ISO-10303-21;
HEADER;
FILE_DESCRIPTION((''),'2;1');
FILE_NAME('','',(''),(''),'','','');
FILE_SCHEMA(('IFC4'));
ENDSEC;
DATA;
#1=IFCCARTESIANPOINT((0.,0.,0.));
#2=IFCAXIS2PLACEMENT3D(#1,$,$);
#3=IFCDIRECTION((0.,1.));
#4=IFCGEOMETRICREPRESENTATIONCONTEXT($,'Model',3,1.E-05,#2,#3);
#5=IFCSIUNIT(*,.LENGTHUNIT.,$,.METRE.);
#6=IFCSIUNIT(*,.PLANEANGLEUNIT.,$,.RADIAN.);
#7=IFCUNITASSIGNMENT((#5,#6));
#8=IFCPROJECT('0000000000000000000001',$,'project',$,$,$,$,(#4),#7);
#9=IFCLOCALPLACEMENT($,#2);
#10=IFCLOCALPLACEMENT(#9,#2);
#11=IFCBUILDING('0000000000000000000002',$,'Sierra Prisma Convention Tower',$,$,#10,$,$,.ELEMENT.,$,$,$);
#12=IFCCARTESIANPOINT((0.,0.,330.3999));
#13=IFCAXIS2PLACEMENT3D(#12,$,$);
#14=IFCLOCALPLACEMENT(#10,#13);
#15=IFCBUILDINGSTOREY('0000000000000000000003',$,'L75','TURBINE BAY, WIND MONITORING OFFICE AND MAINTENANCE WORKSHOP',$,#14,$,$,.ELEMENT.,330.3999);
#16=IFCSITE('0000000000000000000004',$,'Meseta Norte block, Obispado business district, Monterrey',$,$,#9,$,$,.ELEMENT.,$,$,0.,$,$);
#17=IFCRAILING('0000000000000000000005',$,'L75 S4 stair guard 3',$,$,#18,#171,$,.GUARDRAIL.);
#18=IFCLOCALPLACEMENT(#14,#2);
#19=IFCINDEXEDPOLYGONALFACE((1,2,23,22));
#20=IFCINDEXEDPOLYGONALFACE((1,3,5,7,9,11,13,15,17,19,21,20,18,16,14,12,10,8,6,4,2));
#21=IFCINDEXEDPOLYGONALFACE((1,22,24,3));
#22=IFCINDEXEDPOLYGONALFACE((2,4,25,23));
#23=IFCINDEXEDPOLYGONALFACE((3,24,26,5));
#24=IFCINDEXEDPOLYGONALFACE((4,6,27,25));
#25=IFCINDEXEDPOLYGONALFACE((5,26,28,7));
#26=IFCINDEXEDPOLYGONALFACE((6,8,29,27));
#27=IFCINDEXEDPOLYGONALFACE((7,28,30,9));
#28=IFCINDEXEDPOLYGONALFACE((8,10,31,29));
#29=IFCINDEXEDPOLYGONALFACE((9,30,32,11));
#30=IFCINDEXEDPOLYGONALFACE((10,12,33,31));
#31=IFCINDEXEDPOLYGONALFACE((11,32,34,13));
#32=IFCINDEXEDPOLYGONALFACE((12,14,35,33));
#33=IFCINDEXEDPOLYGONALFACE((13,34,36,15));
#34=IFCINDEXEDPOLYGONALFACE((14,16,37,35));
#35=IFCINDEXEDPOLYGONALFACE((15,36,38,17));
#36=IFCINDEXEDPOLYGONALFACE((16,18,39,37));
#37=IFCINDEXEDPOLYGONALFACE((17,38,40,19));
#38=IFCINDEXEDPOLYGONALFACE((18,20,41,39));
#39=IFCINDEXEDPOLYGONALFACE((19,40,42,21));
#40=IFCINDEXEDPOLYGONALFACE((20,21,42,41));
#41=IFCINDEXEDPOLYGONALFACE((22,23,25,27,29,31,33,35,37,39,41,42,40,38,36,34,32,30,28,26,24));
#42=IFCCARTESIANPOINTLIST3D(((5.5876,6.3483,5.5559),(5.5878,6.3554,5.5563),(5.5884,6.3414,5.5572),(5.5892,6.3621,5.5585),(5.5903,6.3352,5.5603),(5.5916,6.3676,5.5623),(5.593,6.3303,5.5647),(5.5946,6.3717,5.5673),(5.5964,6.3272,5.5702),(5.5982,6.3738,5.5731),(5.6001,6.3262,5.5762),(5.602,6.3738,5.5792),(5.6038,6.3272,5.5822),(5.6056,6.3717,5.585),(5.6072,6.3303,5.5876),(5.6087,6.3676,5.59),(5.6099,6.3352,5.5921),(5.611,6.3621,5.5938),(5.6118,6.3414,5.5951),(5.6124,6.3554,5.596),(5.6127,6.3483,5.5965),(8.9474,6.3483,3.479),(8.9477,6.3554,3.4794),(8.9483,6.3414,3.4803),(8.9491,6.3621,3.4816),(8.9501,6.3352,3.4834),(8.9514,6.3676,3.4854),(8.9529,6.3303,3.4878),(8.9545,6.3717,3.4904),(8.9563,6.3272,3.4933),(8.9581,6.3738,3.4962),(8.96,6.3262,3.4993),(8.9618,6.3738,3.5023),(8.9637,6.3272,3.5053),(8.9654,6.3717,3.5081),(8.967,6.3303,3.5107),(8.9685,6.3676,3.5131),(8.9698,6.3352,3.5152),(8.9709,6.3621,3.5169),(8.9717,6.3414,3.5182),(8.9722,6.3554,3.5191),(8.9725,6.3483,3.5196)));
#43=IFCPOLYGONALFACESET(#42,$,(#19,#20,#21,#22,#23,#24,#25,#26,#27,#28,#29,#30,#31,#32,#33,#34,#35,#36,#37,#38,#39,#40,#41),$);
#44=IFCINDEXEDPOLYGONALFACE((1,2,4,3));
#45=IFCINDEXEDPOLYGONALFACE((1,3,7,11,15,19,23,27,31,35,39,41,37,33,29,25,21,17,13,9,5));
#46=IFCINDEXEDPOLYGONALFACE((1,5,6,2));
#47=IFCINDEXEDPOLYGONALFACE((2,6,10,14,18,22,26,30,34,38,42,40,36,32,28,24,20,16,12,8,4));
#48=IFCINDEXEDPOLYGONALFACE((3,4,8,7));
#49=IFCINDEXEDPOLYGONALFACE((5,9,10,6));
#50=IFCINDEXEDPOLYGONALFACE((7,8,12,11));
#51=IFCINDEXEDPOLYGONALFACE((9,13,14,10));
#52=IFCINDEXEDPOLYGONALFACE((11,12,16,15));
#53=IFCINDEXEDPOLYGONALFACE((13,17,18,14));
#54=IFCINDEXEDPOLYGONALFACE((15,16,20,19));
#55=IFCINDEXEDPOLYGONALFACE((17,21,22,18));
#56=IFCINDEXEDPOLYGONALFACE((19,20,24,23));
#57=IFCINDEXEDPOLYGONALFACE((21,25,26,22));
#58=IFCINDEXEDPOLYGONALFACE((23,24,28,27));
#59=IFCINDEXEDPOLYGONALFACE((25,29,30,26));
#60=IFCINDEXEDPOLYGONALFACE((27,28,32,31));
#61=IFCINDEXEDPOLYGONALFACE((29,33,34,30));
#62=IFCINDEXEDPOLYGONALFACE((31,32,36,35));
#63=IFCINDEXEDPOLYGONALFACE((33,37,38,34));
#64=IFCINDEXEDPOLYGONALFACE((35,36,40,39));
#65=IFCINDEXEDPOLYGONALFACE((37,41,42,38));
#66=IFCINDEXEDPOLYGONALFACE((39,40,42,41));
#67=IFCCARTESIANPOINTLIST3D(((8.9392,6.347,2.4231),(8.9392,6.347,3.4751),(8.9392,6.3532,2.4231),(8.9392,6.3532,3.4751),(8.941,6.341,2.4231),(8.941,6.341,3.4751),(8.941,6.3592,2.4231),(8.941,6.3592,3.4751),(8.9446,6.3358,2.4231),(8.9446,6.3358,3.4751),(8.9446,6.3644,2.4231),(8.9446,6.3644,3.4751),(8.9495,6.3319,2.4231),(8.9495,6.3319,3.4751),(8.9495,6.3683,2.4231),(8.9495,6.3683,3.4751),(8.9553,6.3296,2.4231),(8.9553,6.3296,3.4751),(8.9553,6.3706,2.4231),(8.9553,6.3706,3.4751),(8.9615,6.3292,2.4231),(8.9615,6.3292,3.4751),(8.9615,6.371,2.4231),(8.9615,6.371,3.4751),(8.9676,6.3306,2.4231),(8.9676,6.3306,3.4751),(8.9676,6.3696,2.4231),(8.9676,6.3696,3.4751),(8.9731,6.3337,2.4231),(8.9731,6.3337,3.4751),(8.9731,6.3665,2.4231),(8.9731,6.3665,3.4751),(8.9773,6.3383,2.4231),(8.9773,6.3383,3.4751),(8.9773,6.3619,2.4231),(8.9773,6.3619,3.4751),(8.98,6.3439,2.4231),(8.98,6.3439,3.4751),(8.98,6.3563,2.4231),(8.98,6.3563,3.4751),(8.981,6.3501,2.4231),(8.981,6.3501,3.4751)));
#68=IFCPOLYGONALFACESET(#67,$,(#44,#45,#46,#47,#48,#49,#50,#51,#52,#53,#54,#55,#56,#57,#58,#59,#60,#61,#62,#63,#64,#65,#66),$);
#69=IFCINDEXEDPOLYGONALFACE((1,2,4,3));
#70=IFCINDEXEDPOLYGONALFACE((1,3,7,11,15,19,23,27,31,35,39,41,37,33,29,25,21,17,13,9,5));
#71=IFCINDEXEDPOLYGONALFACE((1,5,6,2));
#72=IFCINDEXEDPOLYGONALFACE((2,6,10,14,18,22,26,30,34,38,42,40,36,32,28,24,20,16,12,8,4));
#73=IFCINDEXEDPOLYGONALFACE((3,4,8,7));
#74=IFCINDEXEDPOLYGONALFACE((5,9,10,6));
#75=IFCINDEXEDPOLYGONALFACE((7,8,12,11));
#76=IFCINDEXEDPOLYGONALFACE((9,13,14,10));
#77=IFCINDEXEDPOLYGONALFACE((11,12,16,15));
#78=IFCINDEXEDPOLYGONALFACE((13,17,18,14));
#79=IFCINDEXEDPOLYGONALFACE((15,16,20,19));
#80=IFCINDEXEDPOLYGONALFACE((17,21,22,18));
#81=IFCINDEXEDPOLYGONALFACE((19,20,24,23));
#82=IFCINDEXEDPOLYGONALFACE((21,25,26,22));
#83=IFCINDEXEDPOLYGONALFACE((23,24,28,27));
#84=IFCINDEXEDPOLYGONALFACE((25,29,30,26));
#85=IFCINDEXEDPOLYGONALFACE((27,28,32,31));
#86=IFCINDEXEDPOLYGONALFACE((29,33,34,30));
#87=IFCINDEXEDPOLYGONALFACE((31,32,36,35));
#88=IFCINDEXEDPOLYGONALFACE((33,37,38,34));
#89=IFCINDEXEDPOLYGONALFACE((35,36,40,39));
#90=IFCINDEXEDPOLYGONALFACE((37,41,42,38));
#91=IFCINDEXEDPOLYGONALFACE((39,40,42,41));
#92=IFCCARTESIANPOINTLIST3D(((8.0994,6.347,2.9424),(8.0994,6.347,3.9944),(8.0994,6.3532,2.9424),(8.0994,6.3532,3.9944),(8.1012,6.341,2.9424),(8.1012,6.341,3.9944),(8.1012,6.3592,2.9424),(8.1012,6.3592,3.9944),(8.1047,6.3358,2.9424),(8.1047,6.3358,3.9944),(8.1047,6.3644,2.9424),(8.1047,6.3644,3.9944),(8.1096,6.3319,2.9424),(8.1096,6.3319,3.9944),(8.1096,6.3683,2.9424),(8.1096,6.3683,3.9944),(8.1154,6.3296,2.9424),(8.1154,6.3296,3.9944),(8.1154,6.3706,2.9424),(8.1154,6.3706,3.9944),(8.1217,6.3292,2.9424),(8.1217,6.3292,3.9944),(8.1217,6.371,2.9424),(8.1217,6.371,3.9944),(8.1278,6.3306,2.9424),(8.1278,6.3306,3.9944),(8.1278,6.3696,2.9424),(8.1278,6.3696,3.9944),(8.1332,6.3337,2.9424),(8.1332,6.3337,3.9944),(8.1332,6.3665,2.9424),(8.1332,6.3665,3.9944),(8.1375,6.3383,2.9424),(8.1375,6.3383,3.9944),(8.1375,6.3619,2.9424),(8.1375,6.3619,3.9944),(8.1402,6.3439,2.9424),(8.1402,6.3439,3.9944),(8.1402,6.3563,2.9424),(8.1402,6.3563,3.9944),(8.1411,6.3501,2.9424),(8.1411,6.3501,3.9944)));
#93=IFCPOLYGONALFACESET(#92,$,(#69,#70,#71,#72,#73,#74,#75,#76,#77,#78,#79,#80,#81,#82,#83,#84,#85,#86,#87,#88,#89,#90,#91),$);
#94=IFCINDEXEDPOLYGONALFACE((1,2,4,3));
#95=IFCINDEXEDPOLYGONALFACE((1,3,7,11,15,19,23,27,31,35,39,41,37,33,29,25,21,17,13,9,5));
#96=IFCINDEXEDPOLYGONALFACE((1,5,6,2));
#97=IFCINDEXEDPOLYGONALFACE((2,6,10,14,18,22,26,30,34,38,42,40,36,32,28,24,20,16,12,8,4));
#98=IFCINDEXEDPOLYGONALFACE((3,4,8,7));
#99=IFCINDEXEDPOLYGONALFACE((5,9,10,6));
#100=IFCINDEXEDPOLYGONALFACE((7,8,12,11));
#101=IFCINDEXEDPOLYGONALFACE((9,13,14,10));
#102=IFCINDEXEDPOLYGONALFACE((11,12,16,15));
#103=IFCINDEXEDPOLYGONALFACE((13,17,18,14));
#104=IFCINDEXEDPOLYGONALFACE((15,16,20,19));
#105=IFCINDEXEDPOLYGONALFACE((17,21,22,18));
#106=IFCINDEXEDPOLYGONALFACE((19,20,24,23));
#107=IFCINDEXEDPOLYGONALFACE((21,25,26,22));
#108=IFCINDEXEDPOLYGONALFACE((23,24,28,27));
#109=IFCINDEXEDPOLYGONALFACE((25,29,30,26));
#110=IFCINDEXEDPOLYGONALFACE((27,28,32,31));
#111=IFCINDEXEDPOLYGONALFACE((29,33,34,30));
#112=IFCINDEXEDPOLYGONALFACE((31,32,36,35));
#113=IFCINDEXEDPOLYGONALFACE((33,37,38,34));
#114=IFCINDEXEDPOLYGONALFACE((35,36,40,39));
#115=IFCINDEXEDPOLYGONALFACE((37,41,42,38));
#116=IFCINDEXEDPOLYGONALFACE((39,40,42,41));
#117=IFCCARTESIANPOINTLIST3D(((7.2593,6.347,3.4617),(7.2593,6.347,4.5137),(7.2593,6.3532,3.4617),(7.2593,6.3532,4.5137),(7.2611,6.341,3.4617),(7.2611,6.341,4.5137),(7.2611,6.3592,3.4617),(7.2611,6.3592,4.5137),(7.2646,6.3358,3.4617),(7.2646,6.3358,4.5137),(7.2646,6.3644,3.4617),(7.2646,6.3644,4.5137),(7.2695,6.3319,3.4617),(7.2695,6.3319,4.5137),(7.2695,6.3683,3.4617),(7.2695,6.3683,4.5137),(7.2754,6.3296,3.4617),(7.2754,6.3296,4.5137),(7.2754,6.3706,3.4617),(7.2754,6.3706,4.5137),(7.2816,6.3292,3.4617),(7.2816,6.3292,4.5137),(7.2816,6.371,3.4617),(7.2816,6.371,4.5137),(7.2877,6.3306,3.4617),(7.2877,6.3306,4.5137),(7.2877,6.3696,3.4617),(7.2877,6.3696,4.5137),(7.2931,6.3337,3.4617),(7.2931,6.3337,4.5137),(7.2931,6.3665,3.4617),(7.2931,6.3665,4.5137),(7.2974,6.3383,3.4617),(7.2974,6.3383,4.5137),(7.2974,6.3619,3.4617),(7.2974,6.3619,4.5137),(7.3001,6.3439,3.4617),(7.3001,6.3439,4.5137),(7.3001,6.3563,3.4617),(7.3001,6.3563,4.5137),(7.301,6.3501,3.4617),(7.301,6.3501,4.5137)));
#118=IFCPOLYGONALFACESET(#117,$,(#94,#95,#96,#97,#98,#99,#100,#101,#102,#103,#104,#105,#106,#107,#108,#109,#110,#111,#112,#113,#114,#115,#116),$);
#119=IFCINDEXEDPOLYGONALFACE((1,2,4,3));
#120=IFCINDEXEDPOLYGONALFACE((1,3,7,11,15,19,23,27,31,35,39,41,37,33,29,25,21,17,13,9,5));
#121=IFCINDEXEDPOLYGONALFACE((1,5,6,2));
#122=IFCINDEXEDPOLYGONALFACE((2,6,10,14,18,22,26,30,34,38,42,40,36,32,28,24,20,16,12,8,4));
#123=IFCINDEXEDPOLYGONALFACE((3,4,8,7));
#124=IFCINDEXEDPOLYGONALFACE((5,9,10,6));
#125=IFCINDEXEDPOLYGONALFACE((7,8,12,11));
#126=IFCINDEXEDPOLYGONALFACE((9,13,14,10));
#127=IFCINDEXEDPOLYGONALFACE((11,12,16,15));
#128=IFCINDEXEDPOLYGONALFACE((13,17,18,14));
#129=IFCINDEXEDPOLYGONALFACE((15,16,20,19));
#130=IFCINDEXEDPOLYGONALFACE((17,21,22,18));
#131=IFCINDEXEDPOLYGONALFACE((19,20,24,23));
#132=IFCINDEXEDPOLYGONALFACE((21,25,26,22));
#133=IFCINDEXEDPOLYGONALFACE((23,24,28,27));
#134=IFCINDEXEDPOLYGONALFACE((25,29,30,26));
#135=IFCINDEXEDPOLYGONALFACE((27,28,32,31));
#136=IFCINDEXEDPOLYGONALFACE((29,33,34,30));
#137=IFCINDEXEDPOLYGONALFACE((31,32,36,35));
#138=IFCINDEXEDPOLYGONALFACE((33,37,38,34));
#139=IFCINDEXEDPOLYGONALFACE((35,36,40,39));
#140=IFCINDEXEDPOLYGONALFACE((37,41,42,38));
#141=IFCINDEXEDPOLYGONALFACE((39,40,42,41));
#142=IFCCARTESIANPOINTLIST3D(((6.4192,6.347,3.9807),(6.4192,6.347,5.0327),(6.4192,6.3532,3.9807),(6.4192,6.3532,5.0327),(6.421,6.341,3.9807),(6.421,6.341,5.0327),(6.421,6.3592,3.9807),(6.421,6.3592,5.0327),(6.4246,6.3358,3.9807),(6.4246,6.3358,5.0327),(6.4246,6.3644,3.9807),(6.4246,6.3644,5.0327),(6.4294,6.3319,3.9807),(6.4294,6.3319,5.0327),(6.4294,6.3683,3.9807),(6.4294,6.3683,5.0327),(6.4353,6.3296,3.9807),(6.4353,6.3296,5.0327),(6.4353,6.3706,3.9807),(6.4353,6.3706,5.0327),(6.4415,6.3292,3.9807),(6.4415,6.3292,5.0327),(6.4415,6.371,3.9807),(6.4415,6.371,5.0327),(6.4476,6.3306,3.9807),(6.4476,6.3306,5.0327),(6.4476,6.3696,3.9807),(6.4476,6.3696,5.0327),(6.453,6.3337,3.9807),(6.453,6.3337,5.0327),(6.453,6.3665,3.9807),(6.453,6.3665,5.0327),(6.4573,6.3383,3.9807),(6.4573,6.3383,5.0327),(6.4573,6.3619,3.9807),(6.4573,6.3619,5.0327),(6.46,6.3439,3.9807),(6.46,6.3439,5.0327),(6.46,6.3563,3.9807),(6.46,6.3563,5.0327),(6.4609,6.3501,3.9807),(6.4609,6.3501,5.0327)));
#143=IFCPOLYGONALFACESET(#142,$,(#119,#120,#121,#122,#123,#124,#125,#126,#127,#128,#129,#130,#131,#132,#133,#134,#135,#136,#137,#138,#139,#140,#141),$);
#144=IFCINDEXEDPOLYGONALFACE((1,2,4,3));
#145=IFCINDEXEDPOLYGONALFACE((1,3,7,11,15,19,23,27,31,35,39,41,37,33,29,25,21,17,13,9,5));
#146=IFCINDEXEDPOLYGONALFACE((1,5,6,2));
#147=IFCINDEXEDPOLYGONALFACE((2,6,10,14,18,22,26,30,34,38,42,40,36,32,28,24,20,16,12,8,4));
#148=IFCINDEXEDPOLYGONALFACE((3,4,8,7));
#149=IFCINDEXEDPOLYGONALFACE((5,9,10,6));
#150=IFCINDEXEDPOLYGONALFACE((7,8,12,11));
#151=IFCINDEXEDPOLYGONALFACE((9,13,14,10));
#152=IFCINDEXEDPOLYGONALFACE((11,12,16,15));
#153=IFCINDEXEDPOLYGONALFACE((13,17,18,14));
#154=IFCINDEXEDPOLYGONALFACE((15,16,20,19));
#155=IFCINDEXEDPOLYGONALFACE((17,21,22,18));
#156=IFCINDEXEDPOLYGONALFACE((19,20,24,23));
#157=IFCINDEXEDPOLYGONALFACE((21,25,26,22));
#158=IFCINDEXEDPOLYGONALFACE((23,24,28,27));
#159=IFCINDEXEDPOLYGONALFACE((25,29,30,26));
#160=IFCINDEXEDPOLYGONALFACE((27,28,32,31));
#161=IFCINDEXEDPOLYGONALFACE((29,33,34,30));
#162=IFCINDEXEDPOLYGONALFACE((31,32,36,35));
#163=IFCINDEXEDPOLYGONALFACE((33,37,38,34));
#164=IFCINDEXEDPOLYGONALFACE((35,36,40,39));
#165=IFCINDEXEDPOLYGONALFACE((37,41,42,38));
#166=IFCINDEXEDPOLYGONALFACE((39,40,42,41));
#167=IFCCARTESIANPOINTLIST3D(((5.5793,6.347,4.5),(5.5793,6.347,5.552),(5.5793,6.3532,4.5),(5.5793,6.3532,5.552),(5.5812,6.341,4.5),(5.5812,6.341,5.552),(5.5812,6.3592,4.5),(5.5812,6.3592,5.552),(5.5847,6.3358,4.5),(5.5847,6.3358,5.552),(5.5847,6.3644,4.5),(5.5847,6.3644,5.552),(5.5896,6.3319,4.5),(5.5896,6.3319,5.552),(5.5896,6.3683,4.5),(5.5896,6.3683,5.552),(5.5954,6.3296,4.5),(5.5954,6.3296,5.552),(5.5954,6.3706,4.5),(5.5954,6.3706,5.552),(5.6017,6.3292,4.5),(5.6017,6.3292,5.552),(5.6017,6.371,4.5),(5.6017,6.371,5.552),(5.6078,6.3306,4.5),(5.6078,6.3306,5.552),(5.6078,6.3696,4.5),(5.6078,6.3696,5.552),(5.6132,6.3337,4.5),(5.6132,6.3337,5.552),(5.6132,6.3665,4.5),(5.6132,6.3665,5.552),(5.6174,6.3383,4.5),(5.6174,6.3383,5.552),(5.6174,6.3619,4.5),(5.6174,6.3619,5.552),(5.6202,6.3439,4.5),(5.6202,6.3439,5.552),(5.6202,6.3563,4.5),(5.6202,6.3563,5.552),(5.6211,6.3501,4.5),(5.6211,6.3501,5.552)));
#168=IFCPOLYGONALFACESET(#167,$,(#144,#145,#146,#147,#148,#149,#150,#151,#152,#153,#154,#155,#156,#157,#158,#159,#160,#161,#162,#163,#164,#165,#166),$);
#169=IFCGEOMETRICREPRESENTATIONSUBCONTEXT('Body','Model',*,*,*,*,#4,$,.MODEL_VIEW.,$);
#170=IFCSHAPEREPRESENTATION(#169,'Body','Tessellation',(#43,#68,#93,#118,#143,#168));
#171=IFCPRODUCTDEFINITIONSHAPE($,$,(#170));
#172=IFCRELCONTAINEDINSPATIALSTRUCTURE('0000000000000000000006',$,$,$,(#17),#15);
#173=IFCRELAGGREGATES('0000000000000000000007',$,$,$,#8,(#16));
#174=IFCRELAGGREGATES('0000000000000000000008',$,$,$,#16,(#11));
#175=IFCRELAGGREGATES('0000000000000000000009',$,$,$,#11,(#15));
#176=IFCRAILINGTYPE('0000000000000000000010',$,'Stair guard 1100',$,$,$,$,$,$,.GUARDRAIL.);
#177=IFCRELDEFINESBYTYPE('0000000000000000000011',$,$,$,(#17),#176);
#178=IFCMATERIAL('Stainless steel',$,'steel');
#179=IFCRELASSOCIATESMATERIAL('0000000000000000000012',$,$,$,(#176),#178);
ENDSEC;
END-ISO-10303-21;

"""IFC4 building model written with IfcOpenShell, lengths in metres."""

from ifc_helpers import new_model, si_unit, direction, frame, origin, origin_2d, place, context, subcontext, project, spatial, circle, extrude, material, type_object, element, save


model = new_model("IFC4")

# Units and contexts
model_context = context("Model", 3, precision=1e-05, world=origin(), true_north=direction((0.0, 1.0)))
body_context = subcontext(model_context, "Body", "Model", "MODEL_VIEW")
ifc_project = project(units=[si_unit("LENGTHUNIT", "METRE"), si_unit("PLANEANGLEUNIT", "RADIAN")], contexts=[model_context])

# Site, building, storey
site_placement = place(None, origin())
site = spatial("IfcSite", under=ifc_project, at=site_placement, Name="Meseta Norte block, Obispado business district, Monterrey", CompositionType="ELEMENT", RefElevation=0.0)
building_placement = place(site_placement, origin())
building = spatial("IfcBuilding", under=site, at=building_placement, Name="Sierra Prisma Convention Tower", CompositionType="ELEMENT")
storey_placement = place(building_placement, frame((0.0, 0.0, 330.3999)))
storey = spatial("IfcBuildingStorey", under=building, at=storey_placement, Name="L75", Description="TURBINE BAY, WIND MONITORING OFFICE AND MAINTENANCE WORKSHOP", CompositionType="ELEMENT", Elevation=330.3999)

# Railing
ifc_material_1 = material(Name="Stainless steel", Category="steel")
railing_type_1 = type_object("IfcRailingType", Name="Stair guard 1100", PredefinedType="GUARDRAIL", material=ifc_material_1)
for number, where, name in (
    (1, (8.96, 6.3501, 2.4231), "L75 S4 stair guard 3"),
):
    element("IfcRailing", number, at=place(storey_placement, frame(where)), inside=storey, type_object=railing_type_1, Name=name, PredefinedType="GUARDRAIL", context=body_context, shape_type="SweptSolid", body=[
        extrude(circle(Radius=0.0239, at=origin_2d()), frame((0.0, 0.0, 1.0762), z_axis=(-0.850606, 0.0, 0.525803), x_axis=(0.0, -1.0, 0.0)), (0.0, 0.0, 1.0), 3.95),
        extrude(circle(Radius=0.021, at=origin_2d()), origin(), (0.0, 0.0, 1.0), 1.052),
        extrude(circle(Radius=0.021, at=origin_2d()), frame((-0.8398, 0.0, 0.5193)), (0.0, 0.0, 1.0), 1.052),
        extrude(circle(Radius=0.021, at=origin_2d()), frame((-1.6799, 0.0, 1.0386)), (0.0, 0.0, 1.0), 1.052),
        extrude(circle(Radius=0.021, at=origin_2d()), frame((-2.52, 0.0, 1.5576)), (0.0, 0.0, 1.0), 1.052),
        extrude(circle(Radius=0.021, at=origin_2d()), frame((-3.3599, 0.0, 2.0769)), (0.0, 0.0, 1.0), 1.052),
    ])

save(model, "model.ifc")
